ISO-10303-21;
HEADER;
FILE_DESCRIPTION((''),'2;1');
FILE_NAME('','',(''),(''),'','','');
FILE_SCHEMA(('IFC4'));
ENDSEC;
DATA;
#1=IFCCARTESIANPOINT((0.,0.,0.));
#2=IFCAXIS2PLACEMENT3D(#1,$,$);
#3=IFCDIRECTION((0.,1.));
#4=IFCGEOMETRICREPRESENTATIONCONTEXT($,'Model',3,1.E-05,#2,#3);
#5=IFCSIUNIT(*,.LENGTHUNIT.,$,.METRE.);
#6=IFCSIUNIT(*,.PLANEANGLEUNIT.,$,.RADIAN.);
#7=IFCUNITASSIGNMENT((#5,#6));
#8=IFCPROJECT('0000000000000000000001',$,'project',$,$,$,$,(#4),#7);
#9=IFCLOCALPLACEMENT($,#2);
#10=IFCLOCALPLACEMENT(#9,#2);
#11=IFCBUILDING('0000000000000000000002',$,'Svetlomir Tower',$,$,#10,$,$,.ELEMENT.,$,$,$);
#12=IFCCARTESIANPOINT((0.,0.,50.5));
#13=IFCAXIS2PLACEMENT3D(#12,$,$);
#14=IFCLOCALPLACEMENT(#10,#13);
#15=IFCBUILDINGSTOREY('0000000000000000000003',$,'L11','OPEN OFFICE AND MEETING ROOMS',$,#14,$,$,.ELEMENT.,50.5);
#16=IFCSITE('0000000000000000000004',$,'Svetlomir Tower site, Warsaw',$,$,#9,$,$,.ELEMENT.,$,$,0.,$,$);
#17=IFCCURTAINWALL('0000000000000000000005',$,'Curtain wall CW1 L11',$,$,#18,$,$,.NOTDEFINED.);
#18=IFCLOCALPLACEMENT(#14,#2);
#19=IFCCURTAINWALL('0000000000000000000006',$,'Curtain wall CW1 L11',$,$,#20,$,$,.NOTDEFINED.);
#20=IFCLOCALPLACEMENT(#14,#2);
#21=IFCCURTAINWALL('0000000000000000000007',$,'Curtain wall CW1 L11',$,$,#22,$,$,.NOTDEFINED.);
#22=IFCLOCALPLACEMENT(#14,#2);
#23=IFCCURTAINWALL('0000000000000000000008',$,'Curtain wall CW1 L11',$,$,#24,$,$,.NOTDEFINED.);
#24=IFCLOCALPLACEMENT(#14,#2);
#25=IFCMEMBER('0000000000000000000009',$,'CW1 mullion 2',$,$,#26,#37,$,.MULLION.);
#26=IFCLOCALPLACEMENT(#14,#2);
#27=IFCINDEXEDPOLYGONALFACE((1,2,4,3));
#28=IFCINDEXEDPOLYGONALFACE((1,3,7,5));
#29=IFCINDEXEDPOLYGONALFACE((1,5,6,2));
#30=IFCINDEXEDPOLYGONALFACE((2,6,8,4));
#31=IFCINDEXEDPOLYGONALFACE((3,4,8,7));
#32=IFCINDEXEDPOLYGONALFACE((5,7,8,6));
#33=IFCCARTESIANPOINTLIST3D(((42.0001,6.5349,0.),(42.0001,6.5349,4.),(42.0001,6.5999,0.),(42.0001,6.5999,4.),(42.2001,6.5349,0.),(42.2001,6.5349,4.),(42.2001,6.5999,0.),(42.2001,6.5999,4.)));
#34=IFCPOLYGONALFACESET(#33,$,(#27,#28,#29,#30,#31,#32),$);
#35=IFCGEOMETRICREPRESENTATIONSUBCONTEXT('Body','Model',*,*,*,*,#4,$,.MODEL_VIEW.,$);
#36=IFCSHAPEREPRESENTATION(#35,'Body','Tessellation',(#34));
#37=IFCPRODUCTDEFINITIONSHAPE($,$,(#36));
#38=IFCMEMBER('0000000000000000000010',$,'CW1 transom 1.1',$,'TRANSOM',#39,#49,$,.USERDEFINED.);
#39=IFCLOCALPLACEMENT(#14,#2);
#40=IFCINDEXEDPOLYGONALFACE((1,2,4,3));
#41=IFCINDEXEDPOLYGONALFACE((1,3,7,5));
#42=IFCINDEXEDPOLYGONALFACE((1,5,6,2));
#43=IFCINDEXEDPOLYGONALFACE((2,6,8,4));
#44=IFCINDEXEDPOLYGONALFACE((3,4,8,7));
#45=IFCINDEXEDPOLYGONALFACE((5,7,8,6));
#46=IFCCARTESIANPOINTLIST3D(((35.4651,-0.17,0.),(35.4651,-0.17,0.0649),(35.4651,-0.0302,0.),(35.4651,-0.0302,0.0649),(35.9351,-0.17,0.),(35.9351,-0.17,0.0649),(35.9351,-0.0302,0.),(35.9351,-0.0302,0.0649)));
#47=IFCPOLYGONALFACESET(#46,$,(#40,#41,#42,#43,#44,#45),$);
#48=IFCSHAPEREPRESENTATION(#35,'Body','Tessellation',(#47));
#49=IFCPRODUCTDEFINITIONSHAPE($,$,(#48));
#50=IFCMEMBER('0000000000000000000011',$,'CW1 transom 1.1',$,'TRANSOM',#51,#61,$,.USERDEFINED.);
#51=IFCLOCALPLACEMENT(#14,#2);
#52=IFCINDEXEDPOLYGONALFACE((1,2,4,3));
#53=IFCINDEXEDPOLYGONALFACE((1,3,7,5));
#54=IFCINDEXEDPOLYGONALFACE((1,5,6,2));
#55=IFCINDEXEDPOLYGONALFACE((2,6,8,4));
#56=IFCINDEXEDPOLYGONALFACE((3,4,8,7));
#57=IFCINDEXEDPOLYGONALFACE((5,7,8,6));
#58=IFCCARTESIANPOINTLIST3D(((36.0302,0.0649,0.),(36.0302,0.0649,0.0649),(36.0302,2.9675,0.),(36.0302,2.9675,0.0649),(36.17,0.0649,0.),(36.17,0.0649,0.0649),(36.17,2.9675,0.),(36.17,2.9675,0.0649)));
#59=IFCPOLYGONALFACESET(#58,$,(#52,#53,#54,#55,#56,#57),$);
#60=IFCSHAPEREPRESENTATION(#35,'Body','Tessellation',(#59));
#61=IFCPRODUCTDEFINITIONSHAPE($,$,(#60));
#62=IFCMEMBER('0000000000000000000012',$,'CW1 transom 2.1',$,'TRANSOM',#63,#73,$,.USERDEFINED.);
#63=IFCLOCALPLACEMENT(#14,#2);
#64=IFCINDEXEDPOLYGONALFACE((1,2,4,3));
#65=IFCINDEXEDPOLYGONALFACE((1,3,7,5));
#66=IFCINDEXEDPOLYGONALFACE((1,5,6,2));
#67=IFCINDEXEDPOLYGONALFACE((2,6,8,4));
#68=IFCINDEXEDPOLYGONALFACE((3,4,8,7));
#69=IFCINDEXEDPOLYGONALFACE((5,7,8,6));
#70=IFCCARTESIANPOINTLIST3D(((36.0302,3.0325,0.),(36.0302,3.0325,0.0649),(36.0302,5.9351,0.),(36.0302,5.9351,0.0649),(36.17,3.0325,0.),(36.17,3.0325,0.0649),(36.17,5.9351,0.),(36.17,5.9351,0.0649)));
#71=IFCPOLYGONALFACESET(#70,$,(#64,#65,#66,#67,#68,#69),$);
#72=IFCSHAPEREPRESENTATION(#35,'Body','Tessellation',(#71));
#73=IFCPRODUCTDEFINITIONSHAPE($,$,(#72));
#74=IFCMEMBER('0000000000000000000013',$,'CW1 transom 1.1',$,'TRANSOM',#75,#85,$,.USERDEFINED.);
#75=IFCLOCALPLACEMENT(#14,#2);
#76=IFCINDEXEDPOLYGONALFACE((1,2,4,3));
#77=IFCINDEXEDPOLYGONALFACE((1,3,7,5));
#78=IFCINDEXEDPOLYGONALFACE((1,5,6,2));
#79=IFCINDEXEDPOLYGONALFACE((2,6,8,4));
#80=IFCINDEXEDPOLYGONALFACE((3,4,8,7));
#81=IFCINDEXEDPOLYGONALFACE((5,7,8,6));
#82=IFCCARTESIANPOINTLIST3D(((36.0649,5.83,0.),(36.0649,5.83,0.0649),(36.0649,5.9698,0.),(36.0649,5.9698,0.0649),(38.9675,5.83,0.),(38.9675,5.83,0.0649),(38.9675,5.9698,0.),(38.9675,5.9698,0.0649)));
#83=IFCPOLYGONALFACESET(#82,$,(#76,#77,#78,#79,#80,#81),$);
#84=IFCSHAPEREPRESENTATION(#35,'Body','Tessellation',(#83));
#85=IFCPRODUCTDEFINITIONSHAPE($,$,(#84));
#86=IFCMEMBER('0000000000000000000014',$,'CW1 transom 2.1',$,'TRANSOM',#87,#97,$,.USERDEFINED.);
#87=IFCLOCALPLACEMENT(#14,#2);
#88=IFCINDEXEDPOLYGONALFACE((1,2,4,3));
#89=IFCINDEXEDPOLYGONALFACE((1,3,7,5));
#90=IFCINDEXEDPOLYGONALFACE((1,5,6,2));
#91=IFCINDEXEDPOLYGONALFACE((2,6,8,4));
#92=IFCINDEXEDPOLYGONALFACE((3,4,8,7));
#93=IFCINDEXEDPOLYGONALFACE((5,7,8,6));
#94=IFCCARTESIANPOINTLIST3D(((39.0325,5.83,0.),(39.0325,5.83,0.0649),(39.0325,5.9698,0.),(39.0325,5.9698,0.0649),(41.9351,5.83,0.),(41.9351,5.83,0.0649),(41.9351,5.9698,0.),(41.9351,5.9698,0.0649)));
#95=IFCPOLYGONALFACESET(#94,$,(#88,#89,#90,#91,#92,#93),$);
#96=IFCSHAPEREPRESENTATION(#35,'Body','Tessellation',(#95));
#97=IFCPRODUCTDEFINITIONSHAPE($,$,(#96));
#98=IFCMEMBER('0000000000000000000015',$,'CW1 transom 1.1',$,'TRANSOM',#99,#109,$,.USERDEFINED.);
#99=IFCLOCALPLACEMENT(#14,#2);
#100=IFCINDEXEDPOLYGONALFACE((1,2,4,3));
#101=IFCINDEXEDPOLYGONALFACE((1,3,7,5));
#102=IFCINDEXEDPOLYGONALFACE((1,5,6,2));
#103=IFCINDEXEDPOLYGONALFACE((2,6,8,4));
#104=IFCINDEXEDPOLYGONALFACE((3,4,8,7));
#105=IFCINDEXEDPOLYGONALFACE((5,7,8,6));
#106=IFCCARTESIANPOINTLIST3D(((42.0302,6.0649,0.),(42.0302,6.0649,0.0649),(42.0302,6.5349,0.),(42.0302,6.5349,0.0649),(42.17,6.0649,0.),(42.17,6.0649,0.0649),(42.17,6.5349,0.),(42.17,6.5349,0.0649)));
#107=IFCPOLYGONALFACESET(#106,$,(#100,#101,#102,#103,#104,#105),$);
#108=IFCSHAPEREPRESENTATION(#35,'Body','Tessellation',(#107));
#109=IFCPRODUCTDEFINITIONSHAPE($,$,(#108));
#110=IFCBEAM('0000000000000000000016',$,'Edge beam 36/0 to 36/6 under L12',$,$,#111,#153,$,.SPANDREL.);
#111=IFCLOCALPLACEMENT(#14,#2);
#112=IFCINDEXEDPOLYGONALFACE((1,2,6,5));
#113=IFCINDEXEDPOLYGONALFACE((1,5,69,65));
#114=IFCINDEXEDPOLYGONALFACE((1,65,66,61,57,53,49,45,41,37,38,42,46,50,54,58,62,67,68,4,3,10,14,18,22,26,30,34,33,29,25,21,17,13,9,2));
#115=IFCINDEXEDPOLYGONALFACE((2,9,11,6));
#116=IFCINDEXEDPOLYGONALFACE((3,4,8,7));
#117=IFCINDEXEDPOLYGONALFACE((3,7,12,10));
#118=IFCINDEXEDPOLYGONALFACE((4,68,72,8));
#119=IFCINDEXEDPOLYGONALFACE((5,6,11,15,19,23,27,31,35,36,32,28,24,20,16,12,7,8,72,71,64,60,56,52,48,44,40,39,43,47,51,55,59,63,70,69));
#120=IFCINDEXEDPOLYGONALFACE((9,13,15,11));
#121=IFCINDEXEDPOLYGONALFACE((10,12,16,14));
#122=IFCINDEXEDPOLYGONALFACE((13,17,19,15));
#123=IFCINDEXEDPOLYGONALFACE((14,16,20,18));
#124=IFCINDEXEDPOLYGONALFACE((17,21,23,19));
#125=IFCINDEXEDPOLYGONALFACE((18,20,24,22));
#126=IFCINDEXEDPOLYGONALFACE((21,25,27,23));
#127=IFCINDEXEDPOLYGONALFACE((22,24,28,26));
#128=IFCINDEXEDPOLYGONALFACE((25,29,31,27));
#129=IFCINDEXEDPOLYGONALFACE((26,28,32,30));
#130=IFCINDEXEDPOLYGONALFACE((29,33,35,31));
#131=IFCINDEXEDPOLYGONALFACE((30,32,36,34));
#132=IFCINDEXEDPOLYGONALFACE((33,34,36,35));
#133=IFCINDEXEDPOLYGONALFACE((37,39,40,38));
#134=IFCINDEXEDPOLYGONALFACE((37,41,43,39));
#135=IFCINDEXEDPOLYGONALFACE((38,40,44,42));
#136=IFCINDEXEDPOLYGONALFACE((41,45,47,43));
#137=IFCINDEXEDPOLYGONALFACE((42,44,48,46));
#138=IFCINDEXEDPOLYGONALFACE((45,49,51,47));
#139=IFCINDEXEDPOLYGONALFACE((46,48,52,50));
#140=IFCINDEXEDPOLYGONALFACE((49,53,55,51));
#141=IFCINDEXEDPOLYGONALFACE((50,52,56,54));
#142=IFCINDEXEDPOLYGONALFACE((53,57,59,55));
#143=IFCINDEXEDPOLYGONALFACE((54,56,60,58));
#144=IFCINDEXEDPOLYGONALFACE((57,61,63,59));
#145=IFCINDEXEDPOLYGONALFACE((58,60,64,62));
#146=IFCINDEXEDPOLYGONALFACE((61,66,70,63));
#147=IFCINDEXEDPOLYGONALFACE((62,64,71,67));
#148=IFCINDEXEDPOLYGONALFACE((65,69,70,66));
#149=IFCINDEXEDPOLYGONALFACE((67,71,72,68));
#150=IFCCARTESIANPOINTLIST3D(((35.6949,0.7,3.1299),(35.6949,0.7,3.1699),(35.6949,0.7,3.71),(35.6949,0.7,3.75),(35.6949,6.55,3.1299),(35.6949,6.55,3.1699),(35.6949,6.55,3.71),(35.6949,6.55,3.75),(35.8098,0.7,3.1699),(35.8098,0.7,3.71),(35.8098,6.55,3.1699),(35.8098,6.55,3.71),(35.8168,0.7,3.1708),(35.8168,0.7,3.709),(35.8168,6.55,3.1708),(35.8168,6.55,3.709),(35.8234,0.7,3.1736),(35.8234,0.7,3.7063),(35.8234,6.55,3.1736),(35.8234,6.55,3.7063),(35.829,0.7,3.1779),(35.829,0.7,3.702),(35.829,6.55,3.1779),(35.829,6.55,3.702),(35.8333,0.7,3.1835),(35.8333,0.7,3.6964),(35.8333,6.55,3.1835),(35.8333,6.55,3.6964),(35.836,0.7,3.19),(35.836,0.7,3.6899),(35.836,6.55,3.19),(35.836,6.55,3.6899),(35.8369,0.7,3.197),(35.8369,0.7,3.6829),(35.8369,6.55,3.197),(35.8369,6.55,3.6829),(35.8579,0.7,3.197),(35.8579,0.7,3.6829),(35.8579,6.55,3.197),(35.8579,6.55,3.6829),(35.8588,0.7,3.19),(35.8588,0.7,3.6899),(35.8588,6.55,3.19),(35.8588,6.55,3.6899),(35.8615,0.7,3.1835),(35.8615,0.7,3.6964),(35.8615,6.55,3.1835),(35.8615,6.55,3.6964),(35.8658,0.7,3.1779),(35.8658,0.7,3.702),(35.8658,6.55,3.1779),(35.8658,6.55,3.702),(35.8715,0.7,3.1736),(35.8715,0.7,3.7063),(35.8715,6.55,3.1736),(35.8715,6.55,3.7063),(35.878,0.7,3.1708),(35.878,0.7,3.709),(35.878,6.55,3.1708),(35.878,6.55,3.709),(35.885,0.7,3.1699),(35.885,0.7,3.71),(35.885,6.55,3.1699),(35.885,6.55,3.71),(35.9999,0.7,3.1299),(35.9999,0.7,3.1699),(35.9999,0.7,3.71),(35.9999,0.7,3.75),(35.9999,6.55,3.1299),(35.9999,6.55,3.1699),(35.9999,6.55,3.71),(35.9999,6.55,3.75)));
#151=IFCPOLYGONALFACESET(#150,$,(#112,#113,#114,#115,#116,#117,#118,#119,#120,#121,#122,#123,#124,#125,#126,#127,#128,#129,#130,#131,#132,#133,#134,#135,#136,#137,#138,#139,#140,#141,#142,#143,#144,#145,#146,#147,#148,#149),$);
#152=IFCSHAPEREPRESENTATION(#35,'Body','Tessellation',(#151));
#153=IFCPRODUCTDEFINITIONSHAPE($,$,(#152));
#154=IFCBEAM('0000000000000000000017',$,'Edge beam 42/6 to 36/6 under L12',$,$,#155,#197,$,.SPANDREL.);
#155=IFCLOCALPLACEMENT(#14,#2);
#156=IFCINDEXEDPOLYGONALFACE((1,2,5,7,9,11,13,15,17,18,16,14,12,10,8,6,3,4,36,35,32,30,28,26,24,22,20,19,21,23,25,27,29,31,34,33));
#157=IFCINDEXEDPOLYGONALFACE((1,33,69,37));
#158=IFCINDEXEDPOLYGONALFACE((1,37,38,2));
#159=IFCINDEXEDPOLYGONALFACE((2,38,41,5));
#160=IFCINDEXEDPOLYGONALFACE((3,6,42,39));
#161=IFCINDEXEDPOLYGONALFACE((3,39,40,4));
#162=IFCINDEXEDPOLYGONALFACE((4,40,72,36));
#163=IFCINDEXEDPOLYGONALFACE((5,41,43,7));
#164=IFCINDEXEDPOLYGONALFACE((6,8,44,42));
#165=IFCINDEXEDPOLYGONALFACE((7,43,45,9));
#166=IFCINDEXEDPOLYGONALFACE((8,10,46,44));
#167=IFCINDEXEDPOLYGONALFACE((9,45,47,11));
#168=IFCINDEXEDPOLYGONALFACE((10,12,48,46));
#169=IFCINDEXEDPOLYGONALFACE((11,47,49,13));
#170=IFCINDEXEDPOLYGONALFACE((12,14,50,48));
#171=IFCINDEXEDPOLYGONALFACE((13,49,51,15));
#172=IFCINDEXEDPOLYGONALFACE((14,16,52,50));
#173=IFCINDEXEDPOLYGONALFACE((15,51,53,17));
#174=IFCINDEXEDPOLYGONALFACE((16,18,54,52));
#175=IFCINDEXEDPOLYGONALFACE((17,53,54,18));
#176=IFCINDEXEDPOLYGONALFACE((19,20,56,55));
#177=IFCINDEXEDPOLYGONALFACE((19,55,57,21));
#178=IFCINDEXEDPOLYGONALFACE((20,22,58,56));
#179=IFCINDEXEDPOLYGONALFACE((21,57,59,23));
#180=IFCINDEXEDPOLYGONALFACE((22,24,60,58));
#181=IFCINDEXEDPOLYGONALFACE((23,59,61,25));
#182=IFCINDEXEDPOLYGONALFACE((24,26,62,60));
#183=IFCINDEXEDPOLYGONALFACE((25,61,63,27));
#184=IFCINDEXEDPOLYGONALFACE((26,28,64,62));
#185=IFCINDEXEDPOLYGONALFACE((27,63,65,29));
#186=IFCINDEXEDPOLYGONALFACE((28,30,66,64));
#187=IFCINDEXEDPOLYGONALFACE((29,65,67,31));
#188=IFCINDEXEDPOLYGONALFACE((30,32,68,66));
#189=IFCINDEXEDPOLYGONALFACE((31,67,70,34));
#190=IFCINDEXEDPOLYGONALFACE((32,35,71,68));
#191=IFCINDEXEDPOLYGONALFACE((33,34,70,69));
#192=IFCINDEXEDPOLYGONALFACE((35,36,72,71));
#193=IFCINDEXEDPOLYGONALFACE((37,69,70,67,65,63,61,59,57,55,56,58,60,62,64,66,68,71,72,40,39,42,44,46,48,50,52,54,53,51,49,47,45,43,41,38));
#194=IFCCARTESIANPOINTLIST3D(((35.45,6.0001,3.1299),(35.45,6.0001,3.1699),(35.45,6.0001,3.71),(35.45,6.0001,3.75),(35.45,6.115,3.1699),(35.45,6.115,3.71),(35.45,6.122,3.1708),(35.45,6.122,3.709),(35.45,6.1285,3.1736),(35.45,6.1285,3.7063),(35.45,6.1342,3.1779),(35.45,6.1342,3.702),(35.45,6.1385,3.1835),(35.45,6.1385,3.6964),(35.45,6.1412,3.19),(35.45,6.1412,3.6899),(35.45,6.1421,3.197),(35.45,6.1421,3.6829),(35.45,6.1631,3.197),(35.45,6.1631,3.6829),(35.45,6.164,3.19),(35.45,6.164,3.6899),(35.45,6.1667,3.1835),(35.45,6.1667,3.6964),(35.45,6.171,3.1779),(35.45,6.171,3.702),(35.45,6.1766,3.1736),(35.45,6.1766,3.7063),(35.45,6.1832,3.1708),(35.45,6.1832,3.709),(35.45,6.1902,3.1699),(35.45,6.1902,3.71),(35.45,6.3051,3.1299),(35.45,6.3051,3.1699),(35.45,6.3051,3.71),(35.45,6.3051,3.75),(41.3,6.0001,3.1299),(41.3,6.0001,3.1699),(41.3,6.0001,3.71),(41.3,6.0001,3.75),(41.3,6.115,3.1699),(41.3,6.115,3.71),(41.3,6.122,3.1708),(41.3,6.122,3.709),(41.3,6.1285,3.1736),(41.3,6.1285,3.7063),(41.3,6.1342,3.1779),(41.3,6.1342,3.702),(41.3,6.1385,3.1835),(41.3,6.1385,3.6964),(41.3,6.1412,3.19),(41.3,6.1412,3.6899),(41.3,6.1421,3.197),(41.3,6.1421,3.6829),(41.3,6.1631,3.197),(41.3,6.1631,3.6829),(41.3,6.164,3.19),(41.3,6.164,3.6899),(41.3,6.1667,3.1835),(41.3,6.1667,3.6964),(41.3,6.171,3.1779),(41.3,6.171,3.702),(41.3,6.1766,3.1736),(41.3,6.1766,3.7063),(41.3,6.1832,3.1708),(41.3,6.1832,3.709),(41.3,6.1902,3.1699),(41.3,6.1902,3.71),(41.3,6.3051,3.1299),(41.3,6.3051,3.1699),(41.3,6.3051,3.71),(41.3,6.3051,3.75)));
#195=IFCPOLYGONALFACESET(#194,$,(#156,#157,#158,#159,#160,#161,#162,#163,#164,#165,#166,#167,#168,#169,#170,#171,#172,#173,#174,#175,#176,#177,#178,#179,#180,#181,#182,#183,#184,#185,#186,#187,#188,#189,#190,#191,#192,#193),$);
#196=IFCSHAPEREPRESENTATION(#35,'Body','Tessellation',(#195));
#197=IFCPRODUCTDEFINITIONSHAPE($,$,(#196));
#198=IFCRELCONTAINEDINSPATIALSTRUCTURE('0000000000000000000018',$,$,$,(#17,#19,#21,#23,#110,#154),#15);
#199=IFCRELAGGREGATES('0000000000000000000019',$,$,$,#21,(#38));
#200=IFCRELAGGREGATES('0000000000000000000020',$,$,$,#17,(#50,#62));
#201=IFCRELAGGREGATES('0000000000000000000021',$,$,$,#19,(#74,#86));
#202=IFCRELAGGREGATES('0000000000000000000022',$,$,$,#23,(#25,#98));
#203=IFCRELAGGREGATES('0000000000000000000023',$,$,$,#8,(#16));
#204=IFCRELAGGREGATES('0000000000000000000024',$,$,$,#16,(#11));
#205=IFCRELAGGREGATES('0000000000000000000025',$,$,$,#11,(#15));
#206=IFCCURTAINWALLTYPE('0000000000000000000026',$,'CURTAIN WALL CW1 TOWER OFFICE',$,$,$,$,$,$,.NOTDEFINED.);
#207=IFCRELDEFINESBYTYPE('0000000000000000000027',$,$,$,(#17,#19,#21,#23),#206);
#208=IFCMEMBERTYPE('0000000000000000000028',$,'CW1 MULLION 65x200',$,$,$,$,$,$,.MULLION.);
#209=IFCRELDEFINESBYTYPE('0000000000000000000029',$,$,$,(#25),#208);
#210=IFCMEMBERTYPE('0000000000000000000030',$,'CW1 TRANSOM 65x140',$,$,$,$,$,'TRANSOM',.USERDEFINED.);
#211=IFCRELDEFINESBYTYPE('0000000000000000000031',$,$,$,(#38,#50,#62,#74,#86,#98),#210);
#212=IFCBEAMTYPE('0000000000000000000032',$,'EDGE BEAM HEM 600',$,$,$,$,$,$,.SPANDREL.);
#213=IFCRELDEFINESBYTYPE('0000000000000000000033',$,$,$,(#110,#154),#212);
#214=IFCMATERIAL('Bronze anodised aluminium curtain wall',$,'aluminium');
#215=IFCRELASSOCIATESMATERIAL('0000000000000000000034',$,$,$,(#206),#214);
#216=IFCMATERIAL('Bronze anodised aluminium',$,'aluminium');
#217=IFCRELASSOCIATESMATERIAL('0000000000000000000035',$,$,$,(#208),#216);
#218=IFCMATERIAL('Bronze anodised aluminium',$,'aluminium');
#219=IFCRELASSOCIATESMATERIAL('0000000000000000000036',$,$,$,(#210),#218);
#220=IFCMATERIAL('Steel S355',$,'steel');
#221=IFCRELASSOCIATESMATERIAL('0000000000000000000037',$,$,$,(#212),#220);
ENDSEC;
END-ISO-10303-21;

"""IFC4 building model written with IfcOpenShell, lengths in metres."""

from ifc_helpers import new_model, si_unit, direction, frame, origin, origin_2d, place, context, subcontext, project, spatial, rectangle, i_section, extrude, material, material_profile, profile_set, type_object, element, aggregate, save


model = new_model("IFC4")

# Units and contexts
model_context = context("Model", 3, precision=1e-05, world=origin(), true_north=direction((0.0, 1.0)))
body_context = subcontext(model_context, "Body", "Model", "MODEL_VIEW")
ifc_project = project(units=[si_unit("LENGTHUNIT", "METRE"), si_unit("PLANEANGLEUNIT", "RADIAN")], contexts=[model_context])

# Site, building, storey
site_placement = place(None, origin())
site = spatial("IfcSite", under=ifc_project, at=site_placement, Name="Svetlomir Tower site, Warsaw", CompositionType="ELEMENT", RefElevation=0.0)
building_placement = place(site_placement, origin())
building = spatial("IfcBuilding", under=site, at=building_placement, Name="Svetlomir Tower", CompositionType="ELEMENT")
storey_placement = place(building_placement, frame((0.0, 0.0, 50.5)))
storey = spatial("IfcBuildingStorey", under=building, at=storey_placement, Name="L11", Description="OPEN OFFICE AND MEETING ROOMS", CompositionType="ELEMENT", Elevation=50.5)

# Curtain walls
ifc_material_1 = material(Name="Bronze anodised aluminium curtain wall", Category="aluminium")
curtain_wall_type = type_object("IfcCurtainWallType", Name="CURTAIN WALL CW1 TOWER OFFICE", PredefinedType="NOTDEFINED", material=ifc_material_1)
curtain_wall_1_placement = place(storey_placement, origin())
curtain_wall_1 = element("IfcCurtainWall", 1, at=curtain_wall_1_placement, inside=storey, type_object=curtain_wall_type, Name="Curtain wall CW1 L11", PredefinedType="NOTDEFINED")
curtain_wall_2_placement = place(storey_placement, origin())
curtain_wall_2 = element("IfcCurtainWall", 2, at=curtain_wall_2_placement, inside=storey, type_object=curtain_wall_type, Name="Curtain wall CW1 L11", PredefinedType="NOTDEFINED")

# Curtain wall
curtain_wall_3_placement = place(storey_placement, origin())
curtain_wall_3 = element("IfcCurtainWall", 3, at=curtain_wall_3_placement, inside=storey, type_object=curtain_wall_type, Name="Curtain wall CW1 L11", PredefinedType="NOTDEFINED")
ifc_material_2 = material(Name="Bronze anodised aluminium", Category="aluminium")
ifc_material_profile_1 = material_profile(ifc_material_2, rectangle(XDim=0.0649, YDim=0.2, at=origin_2d()), Name="AL 65x200")
ifc_profile_set_1 = profile_set([ifc_material_profile_1], Name="Bronze anodised aluminium 6063-T6")
member_type_1 = type_object("IfcMemberType", Name="CW1 MULLION 65x200", PredefinedType="MULLION", material=ifc_profile_set_1)

# Curtain wall, member
curtain_wall_4_placement = place(storey_placement, origin())
curtain_wall_4 = element("IfcCurtainWall", 4, at=curtain_wall_4_placement, inside=storey, type_object=curtain_wall_type, Name="Curtain wall CW1 L11", PredefinedType="NOTDEFINED")
member_1_placement = place(storey_placement, frame((42.1001, 6.5674, 0.0), z_axis=(0.0, 0.0, 1.0), x_axis=(0.0, 1.0, 0.0)))
member_1 = element("IfcMember", 5, at=member_1_placement, type_object=member_type_1, Name="CW1 mullion 2", PredefinedType="MULLION", context=body_context, shape_type="SweptSolid", body=[
    extrude(rectangle(XDim=0.0649, YDim=0.2, at=origin_2d()), origin(), (0.0, 0.0, 1.0), 4.0),
])

# Members
ifc_material_3 = material(Name="Bronze anodised aluminium", Category="aluminium")
ifc_material_profile_2 = material_profile(ifc_material_3, rectangle(XDim=0.1399, YDim=0.0649, at=origin_2d()), Name="AL 140x65")
ifc_profile_set_2 = profile_set([ifc_material_profile_2], Name="Bronze anodised aluminium 6063-T6")
member_type_2 = type_object("IfcMemberType", Name="CW1 TRANSOM 65x140", ElementType="TRANSOM", PredefinedType="USERDEFINED", material=ifc_profile_set_2)
member_2_placement = place(storey_placement, frame((35.4651, -0.1001, 0.0325), z_axis=(1.0, 0.0, 0.0), x_axis=(0.0, 1.0, 0.0)))
member_2 = element("IfcMember", 6, at=member_2_placement, type_object=member_type_2, Name="CW1 transom 1.1", ObjectType="TRANSOM", PredefinedType="USERDEFINED", context=body_context, shape_type="SweptSolid", body=[
    extrude(rectangle(XDim=0.1399, YDim=0.0649, at=origin_2d()), origin(), (0.0, 0.0, 1.0), 0.47),
])
member_3_placement = place(storey_placement, frame((36.1001, 0.0649, 0.0325), z_axis=(0.0, 1.0, 0.0), x_axis=(-1.0, 0.0, 0.0)))
member_3 = element("IfcMember", 7, at=member_3_placement, type_object=member_type_2, Name="CW1 transom 1.1", ObjectType="TRANSOM", PredefinedType="USERDEFINED", context=body_context, shape_type="SweptSolid", body=[
    extrude(rectangle(XDim=0.1399, YDim=0.0649, at=origin_2d()), origin(), (0.0, 0.0, 1.0), 2.9026),
])
member_4_placement = place(storey_placement, frame((36.1001, 3.0325, 0.0325), z_axis=(0.0, 1.0, 0.0), x_axis=(-1.0, 0.0, 0.0)))
member_4 = element("IfcMember", 8, at=member_4_placement, type_object=member_type_2, Name="CW1 transom 2.1", ObjectType="TRANSOM", PredefinedType="USERDEFINED", context=body_context, shape_type="SweptSolid", body=[
    extrude(rectangle(XDim=0.1399, YDim=0.0649, at=origin_2d()), origin(), (0.0, 0.0, 1.0), 2.9026),
])
member_5_placement = place(storey_placement, frame((36.0649, 5.8999, 0.0325), z_axis=(1.0, 0.0, 0.0), x_axis=(0.0, 1.0, 0.0)))
member_5 = element("IfcMember", 9, at=member_5_placement, type_object=member_type_2, Name="CW1 transom 1.1", ObjectType="TRANSOM", PredefinedType="USERDEFINED", context=body_context, shape_type="SweptSolid", body=[
    extrude(rectangle(XDim=0.1399, YDim=0.0649, at=origin_2d()), origin(), (0.0, 0.0, 1.0), 2.9026),
])
member_6_placement = place(storey_placement, frame((39.0325, 5.8999, 0.0325), z_axis=(1.0, 0.0, 0.0), x_axis=(0.0, 1.0, 0.0)))
member_6 = element("IfcMember", 10, at=member_6_placement, type_object=member_type_2, Name="CW1 transom 2.1", ObjectType="TRANSOM", PredefinedType="USERDEFINED", context=body_context, shape_type="SweptSolid", body=[
    extrude(rectangle(XDim=0.1399, YDim=0.0649, at=origin_2d()), origin(), (0.0, 0.0, 1.0), 2.9026),
])
member_7_placement = place(storey_placement, frame((42.1001, 6.0649, 0.0325), z_axis=(0.0, 1.0, 0.0), x_axis=(-1.0, 0.0, 0.0)))
member_7 = element("IfcMember", 11, at=member_7_placement, type_object=member_type_2, Name="CW1 transom 1.1", ObjectType="TRANSOM", PredefinedType="USERDEFINED", context=body_context, shape_type="SweptSolid", body=[
    extrude(rectangle(XDim=0.1399, YDim=0.0649, at=origin_2d()), origin(), (0.0, 0.0, 1.0), 0.47),
])

# Beams
ifc_material_4 = material(Name="Steel S355", Category="steel")
ifc_material_profile_3 = material_profile(ifc_material_4, i_section(OverallWidth=0.3049, OverallDepth=0.6201, WebThickness=0.021, FlangeThickness=0.04, FilletRadius=0.0271, at=origin_2d()), Name="HEM 600")
ifc_profile_set_3 = profile_set([ifc_material_profile_3], Name="Steel S355")
beam_type_1 = type_object("IfcBeamType", Name="EDGE BEAM HEM 600", PredefinedType="SPANDREL", material=ifc_profile_set_3)
for number, where, z_axis, x_axis, name in (
    (12, (35.8474, 0.7, 3.4399), (0.0, 1.0, 0.0), (-1.0, 0.0, 0.0), "Edge beam 36/0 to 36/6 under L12"),
    (13, (41.3, 6.1526, 3.4399), (-1.0, 0.0, 0.0), (0.0, -1.0, 0.0), "Edge beam 42/6 to 36/6 under L12"),
):
    element("IfcBeam", number, at=place(storey_placement, frame(where, z_axis=z_axis, x_axis=x_axis)), inside=storey, type_object=beam_type_1, Name=name, PredefinedType="SPANDREL", context=body_context, shape_type="SweptSolid", body=[
        extrude(i_section(OverallWidth=0.3049, OverallDepth=0.6201, WebThickness=0.021, FlangeThickness=0.04, FilletRadius=0.0271, at=origin_2d()), origin(), (0.0, 0.0, 1.0), 5.8501),
    ])

aggregate(curtain_wall_3, [member_2])
aggregate(curtain_wall_1, [member_3, member_4])
aggregate(curtain_wall_2, [member_5, member_6])
aggregate(curtain_wall_4, [member_1, member_7])

save(model, "model.ifc")
